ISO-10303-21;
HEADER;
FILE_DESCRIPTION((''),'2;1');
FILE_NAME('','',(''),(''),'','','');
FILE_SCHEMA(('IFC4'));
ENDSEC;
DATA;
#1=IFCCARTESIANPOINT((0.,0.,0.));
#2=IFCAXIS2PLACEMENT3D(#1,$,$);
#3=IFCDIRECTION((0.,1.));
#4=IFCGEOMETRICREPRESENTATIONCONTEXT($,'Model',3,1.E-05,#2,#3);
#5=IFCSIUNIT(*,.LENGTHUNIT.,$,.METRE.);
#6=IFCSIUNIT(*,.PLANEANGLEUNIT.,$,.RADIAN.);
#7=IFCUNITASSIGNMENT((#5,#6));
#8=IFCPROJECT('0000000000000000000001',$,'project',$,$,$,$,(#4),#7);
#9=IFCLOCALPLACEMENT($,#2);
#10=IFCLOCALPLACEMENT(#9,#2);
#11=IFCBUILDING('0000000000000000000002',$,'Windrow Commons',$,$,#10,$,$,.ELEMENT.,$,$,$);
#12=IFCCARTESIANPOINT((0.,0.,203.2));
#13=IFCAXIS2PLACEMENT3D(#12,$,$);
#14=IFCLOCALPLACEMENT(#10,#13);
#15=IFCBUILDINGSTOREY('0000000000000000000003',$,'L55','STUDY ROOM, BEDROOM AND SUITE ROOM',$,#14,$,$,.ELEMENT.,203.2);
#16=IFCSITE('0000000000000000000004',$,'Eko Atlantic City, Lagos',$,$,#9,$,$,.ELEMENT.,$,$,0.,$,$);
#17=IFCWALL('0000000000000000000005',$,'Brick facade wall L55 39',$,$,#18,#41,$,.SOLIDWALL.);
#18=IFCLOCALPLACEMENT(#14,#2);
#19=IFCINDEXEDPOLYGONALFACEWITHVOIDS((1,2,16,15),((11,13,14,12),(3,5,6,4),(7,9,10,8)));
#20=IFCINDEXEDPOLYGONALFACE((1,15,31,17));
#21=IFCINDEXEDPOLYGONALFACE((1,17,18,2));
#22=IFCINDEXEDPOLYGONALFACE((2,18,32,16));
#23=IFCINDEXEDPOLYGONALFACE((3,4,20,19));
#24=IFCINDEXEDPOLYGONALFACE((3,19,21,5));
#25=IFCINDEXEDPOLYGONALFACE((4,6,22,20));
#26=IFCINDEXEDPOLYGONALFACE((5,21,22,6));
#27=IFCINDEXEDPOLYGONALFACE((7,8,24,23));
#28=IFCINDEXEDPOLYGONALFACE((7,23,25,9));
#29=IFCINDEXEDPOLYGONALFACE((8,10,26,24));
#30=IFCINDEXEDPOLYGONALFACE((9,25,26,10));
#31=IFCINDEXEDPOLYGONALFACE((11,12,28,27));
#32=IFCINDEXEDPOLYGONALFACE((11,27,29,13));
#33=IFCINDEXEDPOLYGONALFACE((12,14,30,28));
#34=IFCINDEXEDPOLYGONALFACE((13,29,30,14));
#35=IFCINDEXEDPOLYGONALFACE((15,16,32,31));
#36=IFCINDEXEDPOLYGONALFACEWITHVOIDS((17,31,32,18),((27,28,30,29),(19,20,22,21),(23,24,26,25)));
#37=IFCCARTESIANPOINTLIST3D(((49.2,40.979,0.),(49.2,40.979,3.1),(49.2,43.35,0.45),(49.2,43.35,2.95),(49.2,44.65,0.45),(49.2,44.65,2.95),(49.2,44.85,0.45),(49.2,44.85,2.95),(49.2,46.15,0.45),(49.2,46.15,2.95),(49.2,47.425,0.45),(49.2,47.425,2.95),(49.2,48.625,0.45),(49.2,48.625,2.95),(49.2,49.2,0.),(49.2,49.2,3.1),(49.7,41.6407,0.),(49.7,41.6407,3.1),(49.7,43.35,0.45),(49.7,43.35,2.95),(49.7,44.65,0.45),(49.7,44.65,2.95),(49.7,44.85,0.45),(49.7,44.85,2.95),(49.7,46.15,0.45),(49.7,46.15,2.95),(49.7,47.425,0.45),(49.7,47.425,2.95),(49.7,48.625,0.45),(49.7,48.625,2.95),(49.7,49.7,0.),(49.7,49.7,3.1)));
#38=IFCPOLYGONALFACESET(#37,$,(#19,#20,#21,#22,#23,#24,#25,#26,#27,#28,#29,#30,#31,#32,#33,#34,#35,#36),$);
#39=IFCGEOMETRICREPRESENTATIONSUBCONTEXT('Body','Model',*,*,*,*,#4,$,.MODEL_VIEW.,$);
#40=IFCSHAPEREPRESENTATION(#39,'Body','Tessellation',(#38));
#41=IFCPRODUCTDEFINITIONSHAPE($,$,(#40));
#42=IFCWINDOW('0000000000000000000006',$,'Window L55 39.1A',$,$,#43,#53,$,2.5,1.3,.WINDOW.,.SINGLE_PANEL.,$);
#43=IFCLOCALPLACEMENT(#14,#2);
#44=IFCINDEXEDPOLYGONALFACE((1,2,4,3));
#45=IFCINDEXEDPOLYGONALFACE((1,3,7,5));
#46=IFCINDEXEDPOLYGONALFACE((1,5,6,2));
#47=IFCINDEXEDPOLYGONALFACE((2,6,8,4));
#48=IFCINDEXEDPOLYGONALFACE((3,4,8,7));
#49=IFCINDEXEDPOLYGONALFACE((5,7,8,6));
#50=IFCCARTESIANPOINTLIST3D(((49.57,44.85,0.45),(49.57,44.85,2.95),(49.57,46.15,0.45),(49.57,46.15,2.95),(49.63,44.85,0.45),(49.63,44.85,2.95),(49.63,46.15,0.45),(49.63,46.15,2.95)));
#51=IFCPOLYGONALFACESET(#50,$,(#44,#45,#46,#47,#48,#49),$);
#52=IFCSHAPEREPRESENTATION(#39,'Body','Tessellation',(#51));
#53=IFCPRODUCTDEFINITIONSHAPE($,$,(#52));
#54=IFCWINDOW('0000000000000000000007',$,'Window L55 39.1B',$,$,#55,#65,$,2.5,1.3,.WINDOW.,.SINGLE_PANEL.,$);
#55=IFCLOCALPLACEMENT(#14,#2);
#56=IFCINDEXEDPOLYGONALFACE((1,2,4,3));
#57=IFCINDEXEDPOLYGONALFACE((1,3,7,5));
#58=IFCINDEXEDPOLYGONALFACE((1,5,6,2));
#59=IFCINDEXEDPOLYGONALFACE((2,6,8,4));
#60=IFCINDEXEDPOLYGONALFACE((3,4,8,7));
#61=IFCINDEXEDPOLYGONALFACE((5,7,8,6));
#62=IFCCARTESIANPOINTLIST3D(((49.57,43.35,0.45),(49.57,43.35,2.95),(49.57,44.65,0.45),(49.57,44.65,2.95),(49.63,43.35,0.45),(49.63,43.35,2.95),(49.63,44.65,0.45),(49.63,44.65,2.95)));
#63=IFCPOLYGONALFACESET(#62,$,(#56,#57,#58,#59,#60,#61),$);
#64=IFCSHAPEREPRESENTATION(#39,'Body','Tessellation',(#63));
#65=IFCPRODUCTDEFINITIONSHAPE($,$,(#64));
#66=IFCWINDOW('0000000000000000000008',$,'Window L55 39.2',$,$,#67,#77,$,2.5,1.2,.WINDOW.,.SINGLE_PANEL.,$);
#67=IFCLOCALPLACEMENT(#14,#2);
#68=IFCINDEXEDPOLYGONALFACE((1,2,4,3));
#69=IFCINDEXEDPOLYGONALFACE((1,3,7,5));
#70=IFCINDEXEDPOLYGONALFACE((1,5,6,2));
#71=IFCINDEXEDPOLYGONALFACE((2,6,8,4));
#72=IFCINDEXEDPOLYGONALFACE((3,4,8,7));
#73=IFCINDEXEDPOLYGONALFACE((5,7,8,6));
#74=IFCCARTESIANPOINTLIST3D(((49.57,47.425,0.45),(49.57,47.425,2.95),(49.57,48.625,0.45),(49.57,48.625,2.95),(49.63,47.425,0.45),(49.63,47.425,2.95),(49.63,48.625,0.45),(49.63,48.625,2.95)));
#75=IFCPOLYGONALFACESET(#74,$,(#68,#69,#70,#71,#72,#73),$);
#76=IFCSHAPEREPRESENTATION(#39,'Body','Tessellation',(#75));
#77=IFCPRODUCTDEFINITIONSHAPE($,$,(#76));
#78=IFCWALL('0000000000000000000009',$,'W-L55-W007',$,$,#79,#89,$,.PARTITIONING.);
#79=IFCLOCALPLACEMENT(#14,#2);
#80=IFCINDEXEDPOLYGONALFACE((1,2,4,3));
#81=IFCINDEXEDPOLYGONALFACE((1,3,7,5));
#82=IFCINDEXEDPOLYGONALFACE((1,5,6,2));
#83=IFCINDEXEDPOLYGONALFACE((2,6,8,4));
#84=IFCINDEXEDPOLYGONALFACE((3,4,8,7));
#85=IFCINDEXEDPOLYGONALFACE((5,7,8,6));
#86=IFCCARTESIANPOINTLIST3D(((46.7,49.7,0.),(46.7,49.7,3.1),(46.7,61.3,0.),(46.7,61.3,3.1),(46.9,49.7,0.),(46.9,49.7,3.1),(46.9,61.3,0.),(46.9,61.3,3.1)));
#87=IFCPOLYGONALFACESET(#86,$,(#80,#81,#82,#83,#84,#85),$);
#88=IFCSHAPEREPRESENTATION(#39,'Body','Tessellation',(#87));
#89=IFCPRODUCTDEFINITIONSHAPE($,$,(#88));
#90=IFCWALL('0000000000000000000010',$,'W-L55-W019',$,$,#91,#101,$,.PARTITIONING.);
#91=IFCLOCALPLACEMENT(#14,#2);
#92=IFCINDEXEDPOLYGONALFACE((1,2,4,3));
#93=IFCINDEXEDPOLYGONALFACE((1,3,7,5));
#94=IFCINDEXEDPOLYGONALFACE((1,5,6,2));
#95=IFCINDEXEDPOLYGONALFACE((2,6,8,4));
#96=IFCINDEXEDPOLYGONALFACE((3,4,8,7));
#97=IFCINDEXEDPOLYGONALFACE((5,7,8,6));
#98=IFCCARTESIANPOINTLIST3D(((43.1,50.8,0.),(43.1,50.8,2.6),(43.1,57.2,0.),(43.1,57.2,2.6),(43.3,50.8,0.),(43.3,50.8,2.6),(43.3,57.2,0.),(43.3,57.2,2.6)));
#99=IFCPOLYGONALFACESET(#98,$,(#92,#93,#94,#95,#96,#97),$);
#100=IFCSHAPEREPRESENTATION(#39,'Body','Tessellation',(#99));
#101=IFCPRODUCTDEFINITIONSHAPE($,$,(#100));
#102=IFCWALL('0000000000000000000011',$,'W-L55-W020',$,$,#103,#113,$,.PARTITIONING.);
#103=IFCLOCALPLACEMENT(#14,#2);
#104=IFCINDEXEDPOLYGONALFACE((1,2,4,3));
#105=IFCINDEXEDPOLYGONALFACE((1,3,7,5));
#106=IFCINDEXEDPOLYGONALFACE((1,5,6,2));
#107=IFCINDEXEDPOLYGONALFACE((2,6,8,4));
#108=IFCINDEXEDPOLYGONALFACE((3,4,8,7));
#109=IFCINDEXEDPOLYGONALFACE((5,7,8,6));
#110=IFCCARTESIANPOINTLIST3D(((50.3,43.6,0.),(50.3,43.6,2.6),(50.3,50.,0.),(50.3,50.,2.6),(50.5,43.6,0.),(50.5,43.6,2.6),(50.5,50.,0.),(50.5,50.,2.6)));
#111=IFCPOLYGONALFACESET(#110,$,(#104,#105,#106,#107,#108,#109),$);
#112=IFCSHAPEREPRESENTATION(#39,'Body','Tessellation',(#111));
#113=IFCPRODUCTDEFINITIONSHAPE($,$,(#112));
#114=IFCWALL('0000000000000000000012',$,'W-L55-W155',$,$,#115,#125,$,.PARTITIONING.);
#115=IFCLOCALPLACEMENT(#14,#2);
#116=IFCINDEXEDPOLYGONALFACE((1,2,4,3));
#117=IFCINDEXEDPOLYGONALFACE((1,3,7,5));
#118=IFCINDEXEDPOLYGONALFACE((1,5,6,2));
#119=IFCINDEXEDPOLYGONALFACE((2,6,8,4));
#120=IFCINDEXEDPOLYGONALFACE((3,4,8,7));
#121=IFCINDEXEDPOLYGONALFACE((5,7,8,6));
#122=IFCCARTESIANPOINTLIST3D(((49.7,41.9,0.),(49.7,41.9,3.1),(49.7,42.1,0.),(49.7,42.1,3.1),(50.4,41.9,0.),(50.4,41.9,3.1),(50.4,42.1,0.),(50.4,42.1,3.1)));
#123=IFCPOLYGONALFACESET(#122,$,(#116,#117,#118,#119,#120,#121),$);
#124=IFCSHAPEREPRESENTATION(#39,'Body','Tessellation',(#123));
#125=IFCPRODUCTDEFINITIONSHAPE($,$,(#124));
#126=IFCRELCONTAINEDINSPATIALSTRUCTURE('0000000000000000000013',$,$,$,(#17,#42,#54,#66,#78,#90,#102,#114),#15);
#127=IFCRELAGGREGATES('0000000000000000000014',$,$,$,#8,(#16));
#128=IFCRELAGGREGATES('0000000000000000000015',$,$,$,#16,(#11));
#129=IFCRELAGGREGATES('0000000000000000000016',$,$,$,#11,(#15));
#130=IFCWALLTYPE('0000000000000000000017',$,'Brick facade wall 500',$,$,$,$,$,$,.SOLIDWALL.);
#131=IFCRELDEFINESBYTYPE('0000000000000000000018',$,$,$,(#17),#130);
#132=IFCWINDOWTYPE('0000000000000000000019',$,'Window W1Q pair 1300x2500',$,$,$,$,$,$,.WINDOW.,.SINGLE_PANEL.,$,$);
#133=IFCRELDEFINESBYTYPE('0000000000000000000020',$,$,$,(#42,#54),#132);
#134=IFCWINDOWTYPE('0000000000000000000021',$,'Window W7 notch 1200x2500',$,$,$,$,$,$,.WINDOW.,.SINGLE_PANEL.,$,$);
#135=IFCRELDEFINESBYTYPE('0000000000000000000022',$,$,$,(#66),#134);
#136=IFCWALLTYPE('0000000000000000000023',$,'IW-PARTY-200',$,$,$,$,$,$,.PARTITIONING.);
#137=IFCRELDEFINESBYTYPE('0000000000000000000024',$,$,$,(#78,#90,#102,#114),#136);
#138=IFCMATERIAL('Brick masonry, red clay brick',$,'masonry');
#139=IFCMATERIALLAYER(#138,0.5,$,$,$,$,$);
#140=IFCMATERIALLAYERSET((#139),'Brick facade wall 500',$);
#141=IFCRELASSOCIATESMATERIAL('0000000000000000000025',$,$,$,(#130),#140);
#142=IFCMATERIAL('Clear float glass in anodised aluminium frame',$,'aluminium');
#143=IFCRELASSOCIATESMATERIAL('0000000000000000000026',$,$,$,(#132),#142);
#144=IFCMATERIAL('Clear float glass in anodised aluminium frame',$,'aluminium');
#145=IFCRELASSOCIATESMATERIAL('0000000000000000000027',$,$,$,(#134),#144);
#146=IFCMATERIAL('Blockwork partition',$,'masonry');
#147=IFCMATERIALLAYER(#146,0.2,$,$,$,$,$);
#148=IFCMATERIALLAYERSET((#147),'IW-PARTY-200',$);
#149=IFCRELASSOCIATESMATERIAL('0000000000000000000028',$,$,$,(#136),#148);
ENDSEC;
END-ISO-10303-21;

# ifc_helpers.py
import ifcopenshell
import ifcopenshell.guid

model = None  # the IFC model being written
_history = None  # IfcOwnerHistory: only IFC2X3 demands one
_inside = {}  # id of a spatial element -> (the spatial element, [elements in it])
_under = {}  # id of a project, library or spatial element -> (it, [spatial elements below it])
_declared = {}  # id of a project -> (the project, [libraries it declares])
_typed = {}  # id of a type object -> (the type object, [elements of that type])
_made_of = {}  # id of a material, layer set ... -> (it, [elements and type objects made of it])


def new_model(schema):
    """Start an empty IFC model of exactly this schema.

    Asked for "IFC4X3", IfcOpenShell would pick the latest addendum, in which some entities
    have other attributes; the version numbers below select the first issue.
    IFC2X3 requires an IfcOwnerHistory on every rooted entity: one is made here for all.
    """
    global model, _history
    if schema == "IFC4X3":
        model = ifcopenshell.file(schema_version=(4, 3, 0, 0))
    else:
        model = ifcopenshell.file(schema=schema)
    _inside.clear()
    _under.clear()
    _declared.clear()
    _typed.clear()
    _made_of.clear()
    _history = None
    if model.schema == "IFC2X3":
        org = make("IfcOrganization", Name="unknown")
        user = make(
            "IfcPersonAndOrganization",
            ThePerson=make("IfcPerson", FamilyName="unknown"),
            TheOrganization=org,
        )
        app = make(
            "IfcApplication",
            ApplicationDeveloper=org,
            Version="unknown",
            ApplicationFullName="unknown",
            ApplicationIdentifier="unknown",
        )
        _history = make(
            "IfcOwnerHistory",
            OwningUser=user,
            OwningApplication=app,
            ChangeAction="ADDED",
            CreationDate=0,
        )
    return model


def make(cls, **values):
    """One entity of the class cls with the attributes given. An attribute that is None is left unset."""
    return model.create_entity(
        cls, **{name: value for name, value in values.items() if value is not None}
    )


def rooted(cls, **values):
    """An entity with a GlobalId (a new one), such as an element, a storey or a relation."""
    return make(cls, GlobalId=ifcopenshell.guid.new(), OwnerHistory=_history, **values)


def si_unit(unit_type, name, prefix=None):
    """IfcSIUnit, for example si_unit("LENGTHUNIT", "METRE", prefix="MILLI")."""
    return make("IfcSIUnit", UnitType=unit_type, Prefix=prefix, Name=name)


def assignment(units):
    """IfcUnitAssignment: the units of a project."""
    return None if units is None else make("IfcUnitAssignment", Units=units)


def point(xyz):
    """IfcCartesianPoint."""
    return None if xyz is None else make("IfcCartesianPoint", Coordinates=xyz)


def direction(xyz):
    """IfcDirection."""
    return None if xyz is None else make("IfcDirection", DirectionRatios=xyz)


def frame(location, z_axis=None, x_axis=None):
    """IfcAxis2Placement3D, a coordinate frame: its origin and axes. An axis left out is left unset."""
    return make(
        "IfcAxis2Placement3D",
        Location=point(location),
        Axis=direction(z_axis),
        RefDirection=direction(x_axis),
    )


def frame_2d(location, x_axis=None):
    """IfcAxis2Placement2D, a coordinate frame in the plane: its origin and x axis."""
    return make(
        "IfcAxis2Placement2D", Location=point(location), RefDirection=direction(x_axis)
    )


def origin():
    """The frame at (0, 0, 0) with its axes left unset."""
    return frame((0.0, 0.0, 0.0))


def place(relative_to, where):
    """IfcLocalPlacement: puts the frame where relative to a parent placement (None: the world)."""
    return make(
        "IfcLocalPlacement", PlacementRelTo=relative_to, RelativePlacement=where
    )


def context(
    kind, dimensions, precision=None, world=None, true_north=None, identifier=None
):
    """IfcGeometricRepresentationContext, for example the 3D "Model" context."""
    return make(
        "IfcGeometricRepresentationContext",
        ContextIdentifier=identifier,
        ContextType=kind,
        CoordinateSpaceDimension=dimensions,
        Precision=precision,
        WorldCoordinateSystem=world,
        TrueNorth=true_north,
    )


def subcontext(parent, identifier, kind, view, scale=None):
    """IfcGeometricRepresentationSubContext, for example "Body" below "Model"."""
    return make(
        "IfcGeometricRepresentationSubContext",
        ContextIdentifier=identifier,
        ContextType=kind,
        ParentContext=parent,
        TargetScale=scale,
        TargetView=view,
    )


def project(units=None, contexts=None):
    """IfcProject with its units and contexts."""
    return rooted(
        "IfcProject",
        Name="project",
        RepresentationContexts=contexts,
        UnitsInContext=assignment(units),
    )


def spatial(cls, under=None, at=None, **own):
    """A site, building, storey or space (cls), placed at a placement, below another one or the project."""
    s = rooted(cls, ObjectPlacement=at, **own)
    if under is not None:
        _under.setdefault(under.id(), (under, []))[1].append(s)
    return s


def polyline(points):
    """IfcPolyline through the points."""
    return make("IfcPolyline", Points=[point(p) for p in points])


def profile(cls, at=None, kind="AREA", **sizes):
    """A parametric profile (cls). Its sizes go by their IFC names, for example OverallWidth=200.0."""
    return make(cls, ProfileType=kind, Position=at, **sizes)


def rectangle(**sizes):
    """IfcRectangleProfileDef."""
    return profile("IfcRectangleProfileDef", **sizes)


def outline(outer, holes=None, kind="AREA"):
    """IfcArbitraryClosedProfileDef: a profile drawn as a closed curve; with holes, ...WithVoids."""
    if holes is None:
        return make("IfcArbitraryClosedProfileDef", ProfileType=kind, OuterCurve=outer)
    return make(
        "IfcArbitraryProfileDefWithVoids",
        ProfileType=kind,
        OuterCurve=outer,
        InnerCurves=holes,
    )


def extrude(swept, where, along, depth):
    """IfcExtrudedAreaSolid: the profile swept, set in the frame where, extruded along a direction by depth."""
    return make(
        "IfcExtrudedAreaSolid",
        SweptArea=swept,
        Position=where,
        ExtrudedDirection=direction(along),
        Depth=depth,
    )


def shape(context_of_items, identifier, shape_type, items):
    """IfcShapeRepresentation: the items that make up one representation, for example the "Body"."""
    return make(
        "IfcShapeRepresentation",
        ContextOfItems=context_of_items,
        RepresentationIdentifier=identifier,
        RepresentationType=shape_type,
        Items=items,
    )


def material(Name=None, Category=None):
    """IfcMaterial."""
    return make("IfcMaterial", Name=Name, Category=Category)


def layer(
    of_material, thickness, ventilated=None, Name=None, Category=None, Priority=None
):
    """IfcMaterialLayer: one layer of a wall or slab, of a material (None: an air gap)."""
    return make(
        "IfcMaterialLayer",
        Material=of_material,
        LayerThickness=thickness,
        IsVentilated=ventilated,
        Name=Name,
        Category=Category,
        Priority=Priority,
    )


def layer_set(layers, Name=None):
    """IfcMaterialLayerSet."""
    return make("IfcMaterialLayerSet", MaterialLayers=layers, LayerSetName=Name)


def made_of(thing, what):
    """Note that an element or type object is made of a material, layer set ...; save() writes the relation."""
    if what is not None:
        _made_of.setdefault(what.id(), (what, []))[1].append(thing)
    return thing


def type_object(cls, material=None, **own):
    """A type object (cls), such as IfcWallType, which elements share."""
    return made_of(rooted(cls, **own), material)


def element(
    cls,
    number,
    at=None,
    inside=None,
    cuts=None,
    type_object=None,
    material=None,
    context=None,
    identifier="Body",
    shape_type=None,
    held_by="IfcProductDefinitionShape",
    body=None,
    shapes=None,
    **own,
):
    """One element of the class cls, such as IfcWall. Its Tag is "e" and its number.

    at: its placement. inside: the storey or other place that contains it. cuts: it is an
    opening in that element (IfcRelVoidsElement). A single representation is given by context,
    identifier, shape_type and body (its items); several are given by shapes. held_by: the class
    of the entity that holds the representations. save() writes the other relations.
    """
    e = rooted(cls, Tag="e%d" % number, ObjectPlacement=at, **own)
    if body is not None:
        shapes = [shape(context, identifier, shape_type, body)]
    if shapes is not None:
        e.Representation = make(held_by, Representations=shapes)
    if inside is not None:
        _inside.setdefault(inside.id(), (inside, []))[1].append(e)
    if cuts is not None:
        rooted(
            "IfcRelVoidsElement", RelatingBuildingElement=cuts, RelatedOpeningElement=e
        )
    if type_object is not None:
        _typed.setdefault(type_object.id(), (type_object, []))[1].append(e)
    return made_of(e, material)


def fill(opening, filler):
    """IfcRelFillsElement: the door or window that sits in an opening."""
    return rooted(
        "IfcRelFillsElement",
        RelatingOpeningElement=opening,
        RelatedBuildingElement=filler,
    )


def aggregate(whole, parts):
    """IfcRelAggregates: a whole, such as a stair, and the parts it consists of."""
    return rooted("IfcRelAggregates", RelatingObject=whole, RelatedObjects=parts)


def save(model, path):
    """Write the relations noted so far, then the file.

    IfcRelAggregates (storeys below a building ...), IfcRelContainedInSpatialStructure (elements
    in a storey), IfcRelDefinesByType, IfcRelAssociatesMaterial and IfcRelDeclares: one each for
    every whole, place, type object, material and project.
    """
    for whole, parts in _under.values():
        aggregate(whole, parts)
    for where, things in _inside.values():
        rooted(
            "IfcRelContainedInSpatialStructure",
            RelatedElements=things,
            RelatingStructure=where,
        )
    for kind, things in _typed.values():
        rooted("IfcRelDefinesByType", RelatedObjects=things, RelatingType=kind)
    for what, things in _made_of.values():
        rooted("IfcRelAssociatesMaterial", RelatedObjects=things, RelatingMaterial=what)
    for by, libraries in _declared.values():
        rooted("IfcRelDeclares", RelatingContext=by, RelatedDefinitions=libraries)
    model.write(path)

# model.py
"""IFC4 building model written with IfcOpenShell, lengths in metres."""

from ifc_helpers import new_model, si_unit, direction, frame, frame_2d, origin, place, context, subcontext, project, spatial, polyline, rectangle, outline, extrude, material, layer, layer_set, type_object, element, fill, save


model = new_model("IFC4")

# Units and contexts
model_context = context("Model", 3, precision=1e-05, world=origin(), true_north=direction((0.0, 1.0)))
body_context = subcontext(model_context, "Body", "Model", "MODEL_VIEW")
ifc_project = project(units=[si_unit("LENGTHUNIT", "METRE"), si_unit("PLANEANGLEUNIT", "RADIAN")], contexts=[model_context])

# Site, building, storey
site_placement = place(None, origin())
site = spatial("IfcSite", under=ifc_project, at=site_placement, Name="Eko Atlantic City, Lagos", CompositionType="ELEMENT", RefElevation=0.0)
building_placement = place(site_placement, origin())
building = spatial("IfcBuilding", under=site, at=building_placement, Name="Windrow Commons", CompositionType="ELEMENT")
storey_placement = place(building_placement, frame((0.0, 0.0, 203.2)))
storey = spatial("IfcBuildingStorey", under=building, at=storey_placement, Name="L55", Description="STUDY ROOM, BEDROOM AND SUITE ROOM", CompositionType="ELEMENT", Elevation=203.2)

# Wall, openings, windows
ifc_material_1 = material(Name="Brick masonry, red clay brick", Category="masonry")
ifc_layer_1 = layer(ifc_material_1, 0.5)
ifc_layer_set_1 = layer_set([ifc_layer_1], Name="Brick facade wall 500")
wall_type_1 = type_object("IfcWallType", Name="Brick facade wall 500", PredefinedType="SOLIDWALL", material=ifc_layer_set_1)
ifc_material_2 = material(Name="Clear float glass in anodised aluminium frame", Category="aluminium")
window_type_1 = type_object("IfcWindowType", Name="Window W1Q pair 1300x2500", PartitioningType="SINGLE_PANEL", PredefinedType="WINDOW", material=ifc_material_2)
ifc_material_3 = material(Name="Clear float glass in anodised aluminium frame", Category="aluminium")
window_type_2 = type_object("IfcWindowType", Name="Window W7 notch 1200x2500", PartitioningType="SINGLE_PANEL", PredefinedType="WINDOW", material=ifc_material_3)
wall_1_placement = place(storey_placement, frame((49.45, 49.45, 0.0), z_axis=(0.0, 0.0, 1.0), x_axis=(0.0, -1.0, 0.0)))
wall_1 = element("IfcWall", 1, at=wall_1_placement, inside=storey, type_object=wall_type_1, Name="Brick facade wall L55 39", PredefinedType="SOLIDWALL", context=body_context, shape_type="SweptSolid", body=[
    extrude(outline(polyline([(0.25, -0.25), (8.471, -0.25), (7.8093, 0.25), (-0.25, 0.25), (0.25, -0.25)])), origin(), (0.0, 0.0, 1.0), 3.1),
])
opening_1_placement = place(wall_1_placement, frame((3.3, 0.0, 0.45)))
opening_1 = element("IfcOpeningElement", 2, at=opening_1_placement, cuts=wall_1, PredefinedType="OPENING", context=body_context, shape_type="SweptSolid", body=[
    extrude(rectangle(XDim=1.3, YDim=2.5, at=frame_2d((0.65, 1.25))), frame((0.0, 0.26, 0.0), z_axis=(0.0, -1.0, 0.0), x_axis=(1.0, 0.0, 0.0)), (0.0, 0.0, 1.0), 0.52),
])
opening_2_placement = place(wall_1_placement, frame((4.8, 0.0, 0.45)))
opening_2 = element("IfcOpeningElement", 3, at=opening_2_placement, cuts=wall_1, PredefinedType="OPENING", context=body_context, shape_type="SweptSolid", body=[
    extrude(rectangle(XDim=1.3, YDim=2.5, at=frame_2d((0.65, 1.25))), frame((0.0, 0.26, 0.0), z_axis=(0.0, -1.0, 0.0), x_axis=(1.0, 0.0, 0.0)), (0.0, 0.0, 1.0), 0.52),
])
opening_3_placement = place(wall_1_placement, frame((0.825, 0.0, 0.45)))
opening_3 = element("IfcOpeningElement", 4, at=opening_3_placement, cuts=wall_1, PredefinedType="OPENING", context=body_context, shape_type="SweptSolid", body=[
    extrude(rectangle(XDim=1.2, YDim=2.5, at=frame_2d((0.6, 1.25))), frame((0.0, 0.26, 0.0), z_axis=(0.0, -1.0, 0.0), x_axis=(1.0, 0.0, 0.0)), (0.0, 0.0, 1.0), 0.52),
])
window_1_placement = place(opening_1_placement, origin())
window_1 = element("IfcWindow", 5, at=window_1_placement, inside=storey, type_object=window_type_1, Name="Window L55 39.1A", OverallHeight=2.5, OverallWidth=1.3, PartitioningType="SINGLE_PANEL", PredefinedType="WINDOW", context=body_context, shape_type="SweptSolid", body=[
    extrude(rectangle(XDim=1.3, YDim=2.5, at=frame_2d((0.65, 1.25))), frame((0.0, 0.18, 0.0), z_axis=(0.0, -1.0, 0.0), x_axis=(1.0, 0.0, 0.0)), (0.0, 0.0, 1.0), 0.06),
])
fill(opening_1, window_1)
window_2_placement = place(opening_2_placement, origin())
window_2 = element("IfcWindow", 6, at=window_2_placement, inside=storey, type_object=window_type_1, Name="Window L55 39.1B", OverallHeight=2.5, OverallWidth=1.3, PartitioningType="SINGLE_PANEL", PredefinedType="WINDOW", context=body_context, shape_type="SweptSolid", body=[
    extrude(rectangle(XDim=1.3, YDim=2.5, at=frame_2d((0.65, 1.25))), frame((0.0, 0.18, 0.0), z_axis=(0.0, -1.0, 0.0), x_axis=(1.0, 0.0, 0.0)), (0.0, 0.0, 1.0), 0.06),
])
fill(opening_2, window_2)
window_3_placement = place(opening_3_placement, origin())
window_3 = element("IfcWindow", 7, at=window_3_placement, inside=storey, type_object=window_type_2, Name="Window L55 39.2", OverallHeight=2.5, OverallWidth=1.2, PartitioningType="SINGLE_PANEL", PredefinedType="WINDOW", context=body_context, shape_type="SweptSolid", body=[
    extrude(rectangle(XDim=1.2, YDim=2.5, at=frame_2d((0.6, 1.25))), frame((0.0, 0.18, 0.0), z_axis=(0.0, -1.0, 0.0), x_axis=(1.0, 0.0, 0.0)), (0.0, 0.0, 1.0), 0.06),
])
fill(opening_3, window_3)

# Walls
ifc_material_4 = material(Name="Blockwork partition", Category="masonry")
ifc_layer_2 = layer(ifc_material_4, 0.2)
ifc_layer_set_2 = layer_set([ifc_layer_2], Name="IW-PARTY-200")
wall_type_2 = type_object("IfcWallType", Name="IW-PARTY-200", PredefinedType="PARTITIONING", material=ifc_layer_set_2)
wall_2_placement = place(storey_placement, frame((46.8, 49.7, 0.0), z_axis=(0.0, 0.0, 1.0), x_axis=(0.0, 1.0, 0.0)))
element("IfcWall", 8, at=wall_2_placement, inside=storey, type_object=wall_type_2, Name="W-L55-W007", PredefinedType="PARTITIONING", context=body_context, shape_type="SweptSolid", body=[
    extrude(rectangle(XDim=11.6, YDim=0.2, at=frame_2d((5.8, 0.0))), origin(), (0.0, 0.0, 1.0), 3.1),
])
for number, where, z_axis, x_axis, name in (
    (9, (43.2, 50.8, 0.0), (0.0, 0.0, 1.0), (0.0, 1.0, 0.0), "W-L55-W019"),
    (10, (50.4, 43.6, 0.0), (0.0, 0.0, 1.0), (0.0, 1.0, 0.0), "W-L55-W020"),
):
    element("IfcWall", number, at=place(storey_placement, frame(where, z_axis=z_axis, x_axis=x_axis)), inside=storey, type_object=wall_type_2, Name=name, PredefinedType="PARTITIONING", context=body_context, shape_type="SweptSolid", body=[
        extrude(rectangle(XDim=6.4, YDim=0.2, at=frame_2d((3.2, 0.0))), origin(), (0.0, 0.0, 1.0), 2.6),
    ])
wall_3_placement = place(storey_placement, frame((49.7, 42.0, 0.0), z_axis=(0.0, 0.0, 1.0), x_axis=(1.0, 0.0, 0.0)))
element("IfcWall", 11, at=wall_3_placement, inside=storey, type_object=wall_type_2, Name="W-L55-W155", PredefinedType="PARTITIONING", context=body_context, shape_type="SweptSolid", body=[
    extrude(rectangle(XDim=0.7, YDim=0.2, at=frame_2d((0.35, 0.0))), origin(), (0.0, 0.0, 1.0), 3.1),
])

save(model, "model.ifc")
